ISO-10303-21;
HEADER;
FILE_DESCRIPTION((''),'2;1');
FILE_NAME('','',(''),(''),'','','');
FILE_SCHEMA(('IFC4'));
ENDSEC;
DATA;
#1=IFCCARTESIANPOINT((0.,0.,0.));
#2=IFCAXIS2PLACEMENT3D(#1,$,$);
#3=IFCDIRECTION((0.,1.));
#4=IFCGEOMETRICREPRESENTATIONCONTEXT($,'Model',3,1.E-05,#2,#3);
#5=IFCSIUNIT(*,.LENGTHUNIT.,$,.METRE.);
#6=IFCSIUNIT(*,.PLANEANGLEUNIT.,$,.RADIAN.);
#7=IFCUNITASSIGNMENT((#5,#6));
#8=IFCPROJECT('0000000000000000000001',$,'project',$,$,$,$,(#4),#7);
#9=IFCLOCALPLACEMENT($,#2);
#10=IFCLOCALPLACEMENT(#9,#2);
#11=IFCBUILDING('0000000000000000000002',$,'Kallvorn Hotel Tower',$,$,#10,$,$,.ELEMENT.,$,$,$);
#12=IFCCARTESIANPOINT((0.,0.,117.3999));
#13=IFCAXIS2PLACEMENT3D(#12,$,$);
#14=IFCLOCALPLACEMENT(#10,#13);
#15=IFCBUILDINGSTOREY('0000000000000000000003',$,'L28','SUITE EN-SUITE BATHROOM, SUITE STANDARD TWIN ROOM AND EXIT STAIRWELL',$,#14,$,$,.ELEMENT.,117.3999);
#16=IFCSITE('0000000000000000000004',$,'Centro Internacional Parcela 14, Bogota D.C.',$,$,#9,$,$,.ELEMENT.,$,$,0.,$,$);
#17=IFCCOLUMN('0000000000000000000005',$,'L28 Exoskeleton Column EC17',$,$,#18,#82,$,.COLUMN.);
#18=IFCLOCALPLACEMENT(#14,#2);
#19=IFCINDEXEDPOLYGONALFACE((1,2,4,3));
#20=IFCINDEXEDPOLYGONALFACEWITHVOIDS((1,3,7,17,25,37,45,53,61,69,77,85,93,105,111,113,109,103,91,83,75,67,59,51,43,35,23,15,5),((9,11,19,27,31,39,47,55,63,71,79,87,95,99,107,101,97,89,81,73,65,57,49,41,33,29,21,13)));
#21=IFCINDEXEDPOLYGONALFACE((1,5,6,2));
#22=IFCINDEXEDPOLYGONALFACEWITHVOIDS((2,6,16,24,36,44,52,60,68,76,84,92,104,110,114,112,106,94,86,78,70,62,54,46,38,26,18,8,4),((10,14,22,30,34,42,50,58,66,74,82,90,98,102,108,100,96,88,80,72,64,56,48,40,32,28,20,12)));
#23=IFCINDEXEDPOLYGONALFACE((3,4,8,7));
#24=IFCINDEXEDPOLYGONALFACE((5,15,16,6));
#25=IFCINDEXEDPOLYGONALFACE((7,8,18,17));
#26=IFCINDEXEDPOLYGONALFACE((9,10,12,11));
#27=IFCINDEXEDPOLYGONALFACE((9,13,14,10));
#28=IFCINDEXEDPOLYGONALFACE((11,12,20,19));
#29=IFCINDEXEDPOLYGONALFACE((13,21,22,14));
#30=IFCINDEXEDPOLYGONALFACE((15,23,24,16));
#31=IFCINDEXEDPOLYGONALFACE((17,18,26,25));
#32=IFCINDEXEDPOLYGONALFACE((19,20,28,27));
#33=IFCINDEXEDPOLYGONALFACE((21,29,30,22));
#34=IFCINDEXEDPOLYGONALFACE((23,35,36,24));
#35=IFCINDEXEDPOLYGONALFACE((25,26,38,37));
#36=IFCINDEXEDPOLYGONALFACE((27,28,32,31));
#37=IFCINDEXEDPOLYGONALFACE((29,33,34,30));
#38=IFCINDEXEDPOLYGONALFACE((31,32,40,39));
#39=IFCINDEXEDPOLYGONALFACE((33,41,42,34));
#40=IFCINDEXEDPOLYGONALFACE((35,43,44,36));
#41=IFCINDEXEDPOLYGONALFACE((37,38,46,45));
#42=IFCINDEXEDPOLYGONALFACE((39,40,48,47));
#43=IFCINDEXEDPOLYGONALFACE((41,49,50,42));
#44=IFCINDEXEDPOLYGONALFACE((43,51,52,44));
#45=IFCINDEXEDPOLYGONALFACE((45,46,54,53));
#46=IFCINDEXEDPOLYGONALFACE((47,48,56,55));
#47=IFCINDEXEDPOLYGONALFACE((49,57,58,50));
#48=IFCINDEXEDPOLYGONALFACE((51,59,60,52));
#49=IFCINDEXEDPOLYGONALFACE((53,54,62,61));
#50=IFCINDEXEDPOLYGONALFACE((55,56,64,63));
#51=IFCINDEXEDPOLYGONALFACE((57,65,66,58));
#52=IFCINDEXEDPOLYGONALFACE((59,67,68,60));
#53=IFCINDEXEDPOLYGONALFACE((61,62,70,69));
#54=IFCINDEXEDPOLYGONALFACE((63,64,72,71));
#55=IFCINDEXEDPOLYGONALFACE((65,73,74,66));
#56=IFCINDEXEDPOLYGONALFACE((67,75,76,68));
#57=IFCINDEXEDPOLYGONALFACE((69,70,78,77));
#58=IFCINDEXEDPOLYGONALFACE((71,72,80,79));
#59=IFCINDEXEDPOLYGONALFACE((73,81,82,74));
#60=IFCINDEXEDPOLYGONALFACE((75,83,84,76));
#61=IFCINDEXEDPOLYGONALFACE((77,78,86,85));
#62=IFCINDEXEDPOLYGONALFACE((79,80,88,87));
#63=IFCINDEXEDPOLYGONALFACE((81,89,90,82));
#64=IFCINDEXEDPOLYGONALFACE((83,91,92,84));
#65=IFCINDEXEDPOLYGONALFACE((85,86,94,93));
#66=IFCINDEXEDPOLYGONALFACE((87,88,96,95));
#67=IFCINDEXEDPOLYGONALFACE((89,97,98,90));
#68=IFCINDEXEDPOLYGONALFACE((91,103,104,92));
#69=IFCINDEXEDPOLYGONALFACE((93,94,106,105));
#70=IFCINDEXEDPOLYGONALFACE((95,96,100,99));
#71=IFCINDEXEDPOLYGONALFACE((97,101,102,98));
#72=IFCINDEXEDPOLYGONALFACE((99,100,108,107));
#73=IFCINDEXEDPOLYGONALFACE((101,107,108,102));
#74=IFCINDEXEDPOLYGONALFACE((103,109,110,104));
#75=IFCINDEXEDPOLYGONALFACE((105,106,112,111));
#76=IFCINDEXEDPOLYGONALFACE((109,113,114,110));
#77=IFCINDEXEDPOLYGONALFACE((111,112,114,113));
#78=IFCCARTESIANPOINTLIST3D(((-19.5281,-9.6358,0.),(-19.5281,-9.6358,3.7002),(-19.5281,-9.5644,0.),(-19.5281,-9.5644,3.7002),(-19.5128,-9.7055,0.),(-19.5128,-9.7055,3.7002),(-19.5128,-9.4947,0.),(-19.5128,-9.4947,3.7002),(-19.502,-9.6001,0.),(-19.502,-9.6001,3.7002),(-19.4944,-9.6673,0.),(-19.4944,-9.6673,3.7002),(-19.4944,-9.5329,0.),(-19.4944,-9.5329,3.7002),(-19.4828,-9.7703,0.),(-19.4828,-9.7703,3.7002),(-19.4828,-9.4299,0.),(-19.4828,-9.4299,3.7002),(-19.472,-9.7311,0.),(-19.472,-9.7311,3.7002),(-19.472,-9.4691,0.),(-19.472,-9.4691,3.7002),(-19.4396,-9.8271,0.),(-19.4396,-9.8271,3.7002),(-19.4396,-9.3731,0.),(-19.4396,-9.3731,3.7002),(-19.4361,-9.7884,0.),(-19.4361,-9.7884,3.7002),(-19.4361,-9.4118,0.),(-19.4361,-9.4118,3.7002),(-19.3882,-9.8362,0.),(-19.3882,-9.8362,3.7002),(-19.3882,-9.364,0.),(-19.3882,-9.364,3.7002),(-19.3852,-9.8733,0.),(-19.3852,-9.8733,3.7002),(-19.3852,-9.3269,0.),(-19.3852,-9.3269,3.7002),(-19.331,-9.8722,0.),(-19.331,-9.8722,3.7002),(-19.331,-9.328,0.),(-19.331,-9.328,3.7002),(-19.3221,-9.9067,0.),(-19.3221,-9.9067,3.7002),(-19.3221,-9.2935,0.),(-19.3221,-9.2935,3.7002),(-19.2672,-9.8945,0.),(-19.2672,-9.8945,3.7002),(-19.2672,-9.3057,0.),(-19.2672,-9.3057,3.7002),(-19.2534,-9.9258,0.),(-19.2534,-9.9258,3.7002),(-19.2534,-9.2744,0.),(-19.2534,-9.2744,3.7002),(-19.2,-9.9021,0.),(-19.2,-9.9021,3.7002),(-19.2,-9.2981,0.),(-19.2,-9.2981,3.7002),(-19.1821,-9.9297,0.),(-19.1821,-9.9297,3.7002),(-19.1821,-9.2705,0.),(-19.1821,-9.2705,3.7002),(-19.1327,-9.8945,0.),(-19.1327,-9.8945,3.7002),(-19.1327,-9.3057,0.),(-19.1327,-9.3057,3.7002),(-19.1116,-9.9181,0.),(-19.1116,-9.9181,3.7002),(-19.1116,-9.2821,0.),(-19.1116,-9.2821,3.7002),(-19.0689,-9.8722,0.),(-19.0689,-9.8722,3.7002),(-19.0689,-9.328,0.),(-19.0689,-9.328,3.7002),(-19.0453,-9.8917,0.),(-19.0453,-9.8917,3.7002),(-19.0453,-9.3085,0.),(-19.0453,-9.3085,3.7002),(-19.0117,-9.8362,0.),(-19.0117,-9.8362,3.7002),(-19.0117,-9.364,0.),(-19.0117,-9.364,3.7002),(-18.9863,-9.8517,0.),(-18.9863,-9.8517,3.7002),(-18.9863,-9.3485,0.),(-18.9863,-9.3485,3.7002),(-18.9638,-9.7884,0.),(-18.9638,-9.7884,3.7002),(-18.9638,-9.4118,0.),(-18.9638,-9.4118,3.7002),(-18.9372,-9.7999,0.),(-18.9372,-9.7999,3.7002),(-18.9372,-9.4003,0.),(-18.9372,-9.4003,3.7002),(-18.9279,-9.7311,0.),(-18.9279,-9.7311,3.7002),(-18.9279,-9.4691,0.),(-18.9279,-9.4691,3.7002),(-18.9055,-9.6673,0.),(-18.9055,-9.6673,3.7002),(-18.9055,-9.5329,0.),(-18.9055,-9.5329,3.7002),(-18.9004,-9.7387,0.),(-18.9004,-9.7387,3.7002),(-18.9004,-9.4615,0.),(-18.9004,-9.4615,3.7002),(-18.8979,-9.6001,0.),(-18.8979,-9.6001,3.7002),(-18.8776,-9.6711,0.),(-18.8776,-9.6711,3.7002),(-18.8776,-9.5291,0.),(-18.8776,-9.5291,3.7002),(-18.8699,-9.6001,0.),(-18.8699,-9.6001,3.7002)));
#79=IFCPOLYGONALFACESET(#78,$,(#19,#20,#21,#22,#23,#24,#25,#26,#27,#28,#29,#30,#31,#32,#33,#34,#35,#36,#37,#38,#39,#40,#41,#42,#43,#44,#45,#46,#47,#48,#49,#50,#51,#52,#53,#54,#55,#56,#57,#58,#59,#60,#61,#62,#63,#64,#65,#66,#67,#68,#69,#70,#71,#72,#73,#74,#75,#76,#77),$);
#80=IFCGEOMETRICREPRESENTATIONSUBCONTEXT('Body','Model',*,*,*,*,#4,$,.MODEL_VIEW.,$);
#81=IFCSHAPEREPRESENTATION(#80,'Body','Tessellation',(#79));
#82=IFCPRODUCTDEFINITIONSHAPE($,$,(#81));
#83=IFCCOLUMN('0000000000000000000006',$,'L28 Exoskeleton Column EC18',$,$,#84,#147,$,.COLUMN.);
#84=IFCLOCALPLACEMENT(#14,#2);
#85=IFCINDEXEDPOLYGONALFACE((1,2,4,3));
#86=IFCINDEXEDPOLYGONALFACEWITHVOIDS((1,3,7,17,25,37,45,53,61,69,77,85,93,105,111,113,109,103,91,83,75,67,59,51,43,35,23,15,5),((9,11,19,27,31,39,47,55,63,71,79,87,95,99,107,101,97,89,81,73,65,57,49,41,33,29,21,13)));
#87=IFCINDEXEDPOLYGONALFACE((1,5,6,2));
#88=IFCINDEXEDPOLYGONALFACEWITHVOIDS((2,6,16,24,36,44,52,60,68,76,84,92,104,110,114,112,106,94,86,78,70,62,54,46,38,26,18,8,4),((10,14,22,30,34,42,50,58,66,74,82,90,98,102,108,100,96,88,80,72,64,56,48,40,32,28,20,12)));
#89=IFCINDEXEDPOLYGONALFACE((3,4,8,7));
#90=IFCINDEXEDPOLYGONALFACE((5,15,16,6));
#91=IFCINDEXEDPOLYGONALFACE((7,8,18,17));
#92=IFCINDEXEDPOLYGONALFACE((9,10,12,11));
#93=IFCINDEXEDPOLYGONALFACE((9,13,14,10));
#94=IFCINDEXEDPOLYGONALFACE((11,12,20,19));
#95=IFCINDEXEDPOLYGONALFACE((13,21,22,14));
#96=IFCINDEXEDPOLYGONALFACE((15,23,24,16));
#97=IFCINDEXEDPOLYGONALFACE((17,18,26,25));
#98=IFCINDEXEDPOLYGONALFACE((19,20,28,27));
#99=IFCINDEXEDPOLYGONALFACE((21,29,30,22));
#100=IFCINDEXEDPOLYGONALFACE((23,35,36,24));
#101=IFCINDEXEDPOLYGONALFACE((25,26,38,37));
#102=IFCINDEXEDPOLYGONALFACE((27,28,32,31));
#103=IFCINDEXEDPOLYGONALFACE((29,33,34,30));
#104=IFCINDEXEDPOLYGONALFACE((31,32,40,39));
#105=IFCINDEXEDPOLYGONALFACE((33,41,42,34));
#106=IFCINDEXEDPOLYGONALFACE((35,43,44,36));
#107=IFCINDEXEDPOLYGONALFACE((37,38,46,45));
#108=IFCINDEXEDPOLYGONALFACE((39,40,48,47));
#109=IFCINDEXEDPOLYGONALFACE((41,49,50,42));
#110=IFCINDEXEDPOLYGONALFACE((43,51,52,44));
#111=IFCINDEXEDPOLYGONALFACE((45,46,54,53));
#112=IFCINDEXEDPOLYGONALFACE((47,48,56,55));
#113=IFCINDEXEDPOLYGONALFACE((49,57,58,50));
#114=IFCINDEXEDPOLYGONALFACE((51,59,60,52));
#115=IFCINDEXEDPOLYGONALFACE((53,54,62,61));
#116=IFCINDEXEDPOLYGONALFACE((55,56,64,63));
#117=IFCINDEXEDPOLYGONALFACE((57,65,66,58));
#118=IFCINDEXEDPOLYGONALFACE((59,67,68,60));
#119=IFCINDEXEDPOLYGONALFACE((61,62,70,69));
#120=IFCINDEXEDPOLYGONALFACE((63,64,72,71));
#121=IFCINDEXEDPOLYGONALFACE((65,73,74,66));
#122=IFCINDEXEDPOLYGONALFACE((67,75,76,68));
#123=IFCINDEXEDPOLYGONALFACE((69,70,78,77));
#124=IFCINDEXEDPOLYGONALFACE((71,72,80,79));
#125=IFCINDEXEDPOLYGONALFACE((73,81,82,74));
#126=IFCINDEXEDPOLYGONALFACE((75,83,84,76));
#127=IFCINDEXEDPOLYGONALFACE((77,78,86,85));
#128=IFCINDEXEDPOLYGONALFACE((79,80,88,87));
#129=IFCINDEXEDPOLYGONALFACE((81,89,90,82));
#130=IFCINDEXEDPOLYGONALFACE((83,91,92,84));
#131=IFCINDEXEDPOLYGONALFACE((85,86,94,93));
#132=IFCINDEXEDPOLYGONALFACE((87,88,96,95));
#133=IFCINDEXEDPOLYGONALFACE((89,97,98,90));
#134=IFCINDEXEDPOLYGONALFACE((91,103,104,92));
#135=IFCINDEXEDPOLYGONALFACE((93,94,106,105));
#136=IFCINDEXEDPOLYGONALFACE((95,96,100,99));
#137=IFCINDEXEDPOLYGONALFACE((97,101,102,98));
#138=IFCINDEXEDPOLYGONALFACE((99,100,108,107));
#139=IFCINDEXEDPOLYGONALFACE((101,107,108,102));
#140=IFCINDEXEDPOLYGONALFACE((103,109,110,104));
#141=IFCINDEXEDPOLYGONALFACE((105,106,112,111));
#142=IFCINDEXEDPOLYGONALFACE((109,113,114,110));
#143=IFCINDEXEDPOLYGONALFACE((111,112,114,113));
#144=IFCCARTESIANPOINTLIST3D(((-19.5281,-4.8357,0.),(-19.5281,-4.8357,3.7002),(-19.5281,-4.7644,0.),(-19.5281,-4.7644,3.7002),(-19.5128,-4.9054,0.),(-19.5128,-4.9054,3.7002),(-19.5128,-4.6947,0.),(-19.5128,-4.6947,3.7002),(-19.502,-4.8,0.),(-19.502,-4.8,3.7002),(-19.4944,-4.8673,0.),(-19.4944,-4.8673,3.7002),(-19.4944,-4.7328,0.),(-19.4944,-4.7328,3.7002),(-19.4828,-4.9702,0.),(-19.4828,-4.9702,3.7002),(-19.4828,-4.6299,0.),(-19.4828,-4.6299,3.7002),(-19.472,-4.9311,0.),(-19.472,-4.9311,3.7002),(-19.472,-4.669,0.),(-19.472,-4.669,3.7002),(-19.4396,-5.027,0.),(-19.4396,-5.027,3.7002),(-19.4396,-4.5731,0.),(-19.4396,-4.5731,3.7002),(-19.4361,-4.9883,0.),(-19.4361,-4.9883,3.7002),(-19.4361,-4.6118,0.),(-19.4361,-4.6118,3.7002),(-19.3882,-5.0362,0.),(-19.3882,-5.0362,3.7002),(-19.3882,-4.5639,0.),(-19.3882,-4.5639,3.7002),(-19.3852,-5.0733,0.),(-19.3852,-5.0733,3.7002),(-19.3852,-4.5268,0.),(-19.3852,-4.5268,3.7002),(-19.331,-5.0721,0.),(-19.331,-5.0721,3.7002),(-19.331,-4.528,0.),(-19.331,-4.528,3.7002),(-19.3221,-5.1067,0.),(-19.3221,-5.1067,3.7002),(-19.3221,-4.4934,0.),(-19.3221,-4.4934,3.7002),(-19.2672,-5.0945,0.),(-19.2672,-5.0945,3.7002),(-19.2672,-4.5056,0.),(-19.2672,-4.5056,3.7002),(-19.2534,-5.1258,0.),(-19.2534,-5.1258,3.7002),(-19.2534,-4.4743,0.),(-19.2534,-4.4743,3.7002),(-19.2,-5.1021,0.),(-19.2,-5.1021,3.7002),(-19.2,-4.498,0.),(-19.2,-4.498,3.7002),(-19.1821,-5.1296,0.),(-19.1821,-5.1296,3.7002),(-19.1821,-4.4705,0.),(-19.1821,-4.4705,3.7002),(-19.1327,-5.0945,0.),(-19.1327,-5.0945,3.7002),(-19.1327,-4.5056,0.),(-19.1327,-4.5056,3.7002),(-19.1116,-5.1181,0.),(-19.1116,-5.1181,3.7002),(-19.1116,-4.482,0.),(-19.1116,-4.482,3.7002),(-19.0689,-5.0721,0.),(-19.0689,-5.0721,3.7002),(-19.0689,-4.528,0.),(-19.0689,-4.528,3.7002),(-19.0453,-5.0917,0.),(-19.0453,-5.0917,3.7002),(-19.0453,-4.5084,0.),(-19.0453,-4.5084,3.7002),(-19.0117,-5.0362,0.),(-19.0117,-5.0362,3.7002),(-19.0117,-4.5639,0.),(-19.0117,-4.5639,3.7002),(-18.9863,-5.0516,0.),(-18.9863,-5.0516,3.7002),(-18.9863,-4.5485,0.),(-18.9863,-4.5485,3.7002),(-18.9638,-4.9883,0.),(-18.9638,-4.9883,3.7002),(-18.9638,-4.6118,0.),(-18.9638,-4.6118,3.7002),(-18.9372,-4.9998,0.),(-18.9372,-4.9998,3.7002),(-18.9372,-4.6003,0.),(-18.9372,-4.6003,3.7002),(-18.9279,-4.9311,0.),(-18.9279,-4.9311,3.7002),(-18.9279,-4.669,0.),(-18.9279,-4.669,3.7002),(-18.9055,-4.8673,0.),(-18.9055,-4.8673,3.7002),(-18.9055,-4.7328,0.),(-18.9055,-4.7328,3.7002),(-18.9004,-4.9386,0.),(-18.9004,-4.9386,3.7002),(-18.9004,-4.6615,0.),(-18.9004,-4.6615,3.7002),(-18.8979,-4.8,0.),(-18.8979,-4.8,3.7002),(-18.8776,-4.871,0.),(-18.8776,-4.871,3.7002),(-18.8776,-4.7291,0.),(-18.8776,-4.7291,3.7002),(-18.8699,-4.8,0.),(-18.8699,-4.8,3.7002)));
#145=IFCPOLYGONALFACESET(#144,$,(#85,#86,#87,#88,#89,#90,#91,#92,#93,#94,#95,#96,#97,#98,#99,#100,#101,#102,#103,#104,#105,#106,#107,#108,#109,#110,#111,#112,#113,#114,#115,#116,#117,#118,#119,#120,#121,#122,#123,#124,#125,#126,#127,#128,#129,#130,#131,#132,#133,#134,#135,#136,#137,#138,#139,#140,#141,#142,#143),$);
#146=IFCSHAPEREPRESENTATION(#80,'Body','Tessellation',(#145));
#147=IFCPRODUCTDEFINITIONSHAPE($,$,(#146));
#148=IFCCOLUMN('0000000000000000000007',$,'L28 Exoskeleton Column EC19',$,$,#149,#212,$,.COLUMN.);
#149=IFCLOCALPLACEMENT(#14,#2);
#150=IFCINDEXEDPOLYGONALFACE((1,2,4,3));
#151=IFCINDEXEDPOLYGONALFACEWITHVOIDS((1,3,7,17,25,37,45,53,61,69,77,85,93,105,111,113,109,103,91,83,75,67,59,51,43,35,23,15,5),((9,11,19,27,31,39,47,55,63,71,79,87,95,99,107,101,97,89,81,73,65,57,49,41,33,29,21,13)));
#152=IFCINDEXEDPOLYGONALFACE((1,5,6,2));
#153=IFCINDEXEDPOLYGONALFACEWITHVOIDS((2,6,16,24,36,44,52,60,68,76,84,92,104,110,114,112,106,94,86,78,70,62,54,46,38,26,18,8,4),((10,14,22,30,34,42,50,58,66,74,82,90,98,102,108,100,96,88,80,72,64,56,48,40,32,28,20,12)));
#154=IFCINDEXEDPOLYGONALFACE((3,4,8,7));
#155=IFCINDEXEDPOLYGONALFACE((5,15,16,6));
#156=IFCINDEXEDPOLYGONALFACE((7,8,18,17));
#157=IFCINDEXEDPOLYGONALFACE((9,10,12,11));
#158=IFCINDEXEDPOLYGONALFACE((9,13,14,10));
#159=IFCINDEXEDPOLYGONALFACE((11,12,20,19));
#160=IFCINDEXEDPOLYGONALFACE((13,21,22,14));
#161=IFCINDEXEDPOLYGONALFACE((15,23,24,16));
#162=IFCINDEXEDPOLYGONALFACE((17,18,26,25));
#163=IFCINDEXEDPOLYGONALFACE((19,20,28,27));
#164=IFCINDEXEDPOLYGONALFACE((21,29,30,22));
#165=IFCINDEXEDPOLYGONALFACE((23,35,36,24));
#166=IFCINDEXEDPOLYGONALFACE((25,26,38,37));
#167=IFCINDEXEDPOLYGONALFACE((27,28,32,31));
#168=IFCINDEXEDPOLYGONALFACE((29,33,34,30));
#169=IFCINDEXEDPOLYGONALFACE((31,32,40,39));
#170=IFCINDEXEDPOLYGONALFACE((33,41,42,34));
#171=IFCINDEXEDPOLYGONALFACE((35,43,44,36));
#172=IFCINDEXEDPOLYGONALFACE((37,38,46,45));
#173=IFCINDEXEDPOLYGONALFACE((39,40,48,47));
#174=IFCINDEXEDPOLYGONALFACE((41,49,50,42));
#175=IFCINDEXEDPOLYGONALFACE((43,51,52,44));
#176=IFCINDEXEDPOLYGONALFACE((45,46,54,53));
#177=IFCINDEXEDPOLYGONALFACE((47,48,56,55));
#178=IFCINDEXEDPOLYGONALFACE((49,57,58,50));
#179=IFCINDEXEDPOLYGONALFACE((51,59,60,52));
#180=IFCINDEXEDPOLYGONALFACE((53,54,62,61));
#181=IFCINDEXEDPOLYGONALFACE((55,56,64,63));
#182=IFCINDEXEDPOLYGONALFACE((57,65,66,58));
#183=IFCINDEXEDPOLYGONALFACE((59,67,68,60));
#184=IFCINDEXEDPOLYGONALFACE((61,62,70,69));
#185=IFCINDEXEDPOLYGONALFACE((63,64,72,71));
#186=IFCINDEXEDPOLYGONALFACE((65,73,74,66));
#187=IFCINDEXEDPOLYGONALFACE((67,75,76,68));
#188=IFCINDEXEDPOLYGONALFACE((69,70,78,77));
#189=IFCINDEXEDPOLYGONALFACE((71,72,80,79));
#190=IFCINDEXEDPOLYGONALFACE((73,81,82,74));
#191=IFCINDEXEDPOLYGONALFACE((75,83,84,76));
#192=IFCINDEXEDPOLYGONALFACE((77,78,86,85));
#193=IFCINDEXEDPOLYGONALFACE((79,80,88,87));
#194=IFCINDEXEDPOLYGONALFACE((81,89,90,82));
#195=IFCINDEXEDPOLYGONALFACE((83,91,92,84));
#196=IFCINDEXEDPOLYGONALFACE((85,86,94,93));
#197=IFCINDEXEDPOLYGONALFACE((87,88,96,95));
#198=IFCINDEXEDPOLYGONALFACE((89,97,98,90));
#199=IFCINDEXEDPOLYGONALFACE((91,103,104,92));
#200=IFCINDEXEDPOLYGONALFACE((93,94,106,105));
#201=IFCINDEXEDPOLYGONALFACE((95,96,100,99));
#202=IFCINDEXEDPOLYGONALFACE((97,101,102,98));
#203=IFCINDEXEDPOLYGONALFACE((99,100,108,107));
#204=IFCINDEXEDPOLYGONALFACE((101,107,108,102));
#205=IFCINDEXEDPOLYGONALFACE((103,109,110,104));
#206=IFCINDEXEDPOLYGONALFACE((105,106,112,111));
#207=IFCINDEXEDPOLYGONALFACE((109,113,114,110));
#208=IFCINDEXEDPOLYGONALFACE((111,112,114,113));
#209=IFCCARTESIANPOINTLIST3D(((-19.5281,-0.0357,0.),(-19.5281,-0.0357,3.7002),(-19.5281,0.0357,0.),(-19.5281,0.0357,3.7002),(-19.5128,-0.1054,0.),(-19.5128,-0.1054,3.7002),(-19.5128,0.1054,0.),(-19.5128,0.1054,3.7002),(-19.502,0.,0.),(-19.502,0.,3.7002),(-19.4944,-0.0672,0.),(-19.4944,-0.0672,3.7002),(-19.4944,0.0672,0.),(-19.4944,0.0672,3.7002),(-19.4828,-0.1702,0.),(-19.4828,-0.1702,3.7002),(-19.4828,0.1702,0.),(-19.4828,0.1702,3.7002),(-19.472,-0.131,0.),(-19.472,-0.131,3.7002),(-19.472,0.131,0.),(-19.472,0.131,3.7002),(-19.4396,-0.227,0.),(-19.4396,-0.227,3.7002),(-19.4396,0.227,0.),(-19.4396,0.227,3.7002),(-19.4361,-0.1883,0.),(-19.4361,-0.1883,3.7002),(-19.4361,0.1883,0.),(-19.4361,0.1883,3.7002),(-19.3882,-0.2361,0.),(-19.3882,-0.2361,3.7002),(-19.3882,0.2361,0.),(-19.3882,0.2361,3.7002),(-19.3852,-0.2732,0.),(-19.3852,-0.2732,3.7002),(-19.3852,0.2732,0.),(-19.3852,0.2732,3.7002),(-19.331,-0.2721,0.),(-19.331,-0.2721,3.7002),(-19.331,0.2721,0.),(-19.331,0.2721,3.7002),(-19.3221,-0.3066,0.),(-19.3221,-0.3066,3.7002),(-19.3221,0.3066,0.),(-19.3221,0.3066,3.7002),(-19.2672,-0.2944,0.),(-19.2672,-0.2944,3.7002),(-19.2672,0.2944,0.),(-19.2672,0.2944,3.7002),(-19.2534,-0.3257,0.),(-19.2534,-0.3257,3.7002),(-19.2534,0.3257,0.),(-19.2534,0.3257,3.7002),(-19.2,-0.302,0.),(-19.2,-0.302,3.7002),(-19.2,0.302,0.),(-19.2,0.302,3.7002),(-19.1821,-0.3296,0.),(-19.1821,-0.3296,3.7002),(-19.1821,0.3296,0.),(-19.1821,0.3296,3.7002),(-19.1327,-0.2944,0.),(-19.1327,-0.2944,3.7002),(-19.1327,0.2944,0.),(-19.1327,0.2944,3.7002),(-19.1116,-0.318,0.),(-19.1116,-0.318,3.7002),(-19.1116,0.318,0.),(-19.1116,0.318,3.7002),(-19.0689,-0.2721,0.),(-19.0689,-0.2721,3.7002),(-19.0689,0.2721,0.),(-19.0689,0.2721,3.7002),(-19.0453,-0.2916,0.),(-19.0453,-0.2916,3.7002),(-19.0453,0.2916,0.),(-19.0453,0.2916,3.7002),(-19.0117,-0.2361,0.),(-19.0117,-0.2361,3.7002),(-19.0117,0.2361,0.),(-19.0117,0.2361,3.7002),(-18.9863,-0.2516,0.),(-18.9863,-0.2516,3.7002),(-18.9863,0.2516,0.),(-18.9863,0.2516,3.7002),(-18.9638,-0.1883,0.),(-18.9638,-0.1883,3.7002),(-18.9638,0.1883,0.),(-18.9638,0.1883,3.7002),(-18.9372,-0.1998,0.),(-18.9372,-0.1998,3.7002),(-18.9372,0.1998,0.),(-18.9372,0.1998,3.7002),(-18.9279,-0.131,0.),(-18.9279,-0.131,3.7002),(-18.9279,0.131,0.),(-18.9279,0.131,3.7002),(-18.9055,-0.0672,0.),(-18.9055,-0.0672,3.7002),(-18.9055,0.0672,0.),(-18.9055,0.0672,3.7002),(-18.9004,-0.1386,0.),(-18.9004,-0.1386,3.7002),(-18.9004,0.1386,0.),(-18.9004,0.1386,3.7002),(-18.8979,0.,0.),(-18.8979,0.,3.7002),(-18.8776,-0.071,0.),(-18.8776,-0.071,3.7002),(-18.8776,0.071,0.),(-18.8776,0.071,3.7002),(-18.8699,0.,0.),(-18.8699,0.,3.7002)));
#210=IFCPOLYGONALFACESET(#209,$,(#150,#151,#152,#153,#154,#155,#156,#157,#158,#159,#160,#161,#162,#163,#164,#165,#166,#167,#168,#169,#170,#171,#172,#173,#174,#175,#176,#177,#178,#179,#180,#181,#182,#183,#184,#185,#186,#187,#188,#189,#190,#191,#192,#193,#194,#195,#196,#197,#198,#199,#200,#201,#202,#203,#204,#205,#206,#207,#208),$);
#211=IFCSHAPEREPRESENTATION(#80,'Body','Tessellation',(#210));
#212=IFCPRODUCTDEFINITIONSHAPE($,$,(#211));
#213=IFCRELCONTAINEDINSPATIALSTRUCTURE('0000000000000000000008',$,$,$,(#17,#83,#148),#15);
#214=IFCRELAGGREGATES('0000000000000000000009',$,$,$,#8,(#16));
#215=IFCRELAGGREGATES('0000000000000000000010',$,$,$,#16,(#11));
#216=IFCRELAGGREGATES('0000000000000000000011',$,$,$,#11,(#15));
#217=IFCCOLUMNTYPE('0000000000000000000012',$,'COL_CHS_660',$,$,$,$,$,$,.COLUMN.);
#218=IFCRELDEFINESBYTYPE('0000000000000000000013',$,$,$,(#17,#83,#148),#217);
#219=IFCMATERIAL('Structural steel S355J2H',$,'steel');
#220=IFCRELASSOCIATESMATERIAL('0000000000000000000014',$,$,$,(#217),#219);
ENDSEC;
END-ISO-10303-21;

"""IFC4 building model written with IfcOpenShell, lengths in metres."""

from ifc_helpers import new_model, si_unit, direction, frame, origin, origin_2d, place, context, subcontext, project, spatial, hollow_circle, extrude, material, material_profile, profile_set, type_object, element, save


model = new_model("IFC4")

# Units and contexts
model_context = context("Model", 3, precision=1e-05, world=origin(), true_north=direction((0.0, 1.0)))
body_context = subcontext(model_context, "Body", "Model", "MODEL_VIEW")
ifc_project = project(units=[si_unit("LENGTHUNIT", "METRE"), si_unit("PLANEANGLEUNIT", "RADIAN")], contexts=[model_context])

# Site, building, storey
site_placement = place(None, origin())
site = spatial("IfcSite", under=ifc_project, at=site_placement, Name="Centro Internacional Parcela 14, Bogota D.C.", CompositionType="ELEMENT", RefElevation=0.0)
building_placement = place(site_placement, origin())
building = spatial("IfcBuilding", under=site, at=building_placement, Name="Kallvorn Hotel Tower", CompositionType="ELEMENT")
storey_placement = place(building_placement, frame((0.0, 0.0, 117.3999)))
storey = spatial("IfcBuildingStorey", under=building, at=storey_placement, Name="L28", Description="SUITE EN-SUITE BATHROOM, SUITE STANDARD TWIN ROOM AND EXIT STAIRWELL", CompositionType="ELEMENT", Elevation=117.3999)

# Columns
ifc_material_1 = material(Name="Structural steel S355J2H", Category="steel")
ifc_material_profile_1 = material_profile(ifc_material_1, hollow_circle(Radius=0.3301, WallThickness=0.0281, at=origin_2d()), Name="CHS 660x28")
ifc_profile_set_1 = profile_set([ifc_material_profile_1], Name="Structural steel S355J2H")
column_type_1 = type_object("IfcColumnType", Name="COL_CHS_660", PredefinedType="COLUMN", material=ifc_profile_set_1)
for number, where, z_axis, x_axis, name in (
    (1, (-19.2, -9.6001, 0.0), (0.0, 0.0, 1.0), (1.0, 0.0, 0.0), "L28 Exoskeleton Column EC17"),
    (2, (-19.2, -4.8, 0.0), (0.0, 0.0, 1.0), (1.0, 0.0, 0.0), "L28 Exoskeleton Column EC18"),
    (3, (-19.2, 0.0, 0.0), (0.0, 0.0, 1.0), (1.0, 0.0, 0.0), "L28 Exoskeleton Column EC19"),
):
    element("IfcColumn", number, at=place(storey_placement, frame(where, z_axis=z_axis, x_axis=x_axis)), inside=storey, type_object=column_type_1, Name=name, PredefinedType="COLUMN", context=body_context, shape_type="SweptSolid", body=[
        extrude(hollow_circle(Radius=0.3301, WallThickness=0.0281, at=origin_2d()), origin(), (0.0, 0.0, 1.0), 3.7002),
    ])

save(model, "model.ifc")
